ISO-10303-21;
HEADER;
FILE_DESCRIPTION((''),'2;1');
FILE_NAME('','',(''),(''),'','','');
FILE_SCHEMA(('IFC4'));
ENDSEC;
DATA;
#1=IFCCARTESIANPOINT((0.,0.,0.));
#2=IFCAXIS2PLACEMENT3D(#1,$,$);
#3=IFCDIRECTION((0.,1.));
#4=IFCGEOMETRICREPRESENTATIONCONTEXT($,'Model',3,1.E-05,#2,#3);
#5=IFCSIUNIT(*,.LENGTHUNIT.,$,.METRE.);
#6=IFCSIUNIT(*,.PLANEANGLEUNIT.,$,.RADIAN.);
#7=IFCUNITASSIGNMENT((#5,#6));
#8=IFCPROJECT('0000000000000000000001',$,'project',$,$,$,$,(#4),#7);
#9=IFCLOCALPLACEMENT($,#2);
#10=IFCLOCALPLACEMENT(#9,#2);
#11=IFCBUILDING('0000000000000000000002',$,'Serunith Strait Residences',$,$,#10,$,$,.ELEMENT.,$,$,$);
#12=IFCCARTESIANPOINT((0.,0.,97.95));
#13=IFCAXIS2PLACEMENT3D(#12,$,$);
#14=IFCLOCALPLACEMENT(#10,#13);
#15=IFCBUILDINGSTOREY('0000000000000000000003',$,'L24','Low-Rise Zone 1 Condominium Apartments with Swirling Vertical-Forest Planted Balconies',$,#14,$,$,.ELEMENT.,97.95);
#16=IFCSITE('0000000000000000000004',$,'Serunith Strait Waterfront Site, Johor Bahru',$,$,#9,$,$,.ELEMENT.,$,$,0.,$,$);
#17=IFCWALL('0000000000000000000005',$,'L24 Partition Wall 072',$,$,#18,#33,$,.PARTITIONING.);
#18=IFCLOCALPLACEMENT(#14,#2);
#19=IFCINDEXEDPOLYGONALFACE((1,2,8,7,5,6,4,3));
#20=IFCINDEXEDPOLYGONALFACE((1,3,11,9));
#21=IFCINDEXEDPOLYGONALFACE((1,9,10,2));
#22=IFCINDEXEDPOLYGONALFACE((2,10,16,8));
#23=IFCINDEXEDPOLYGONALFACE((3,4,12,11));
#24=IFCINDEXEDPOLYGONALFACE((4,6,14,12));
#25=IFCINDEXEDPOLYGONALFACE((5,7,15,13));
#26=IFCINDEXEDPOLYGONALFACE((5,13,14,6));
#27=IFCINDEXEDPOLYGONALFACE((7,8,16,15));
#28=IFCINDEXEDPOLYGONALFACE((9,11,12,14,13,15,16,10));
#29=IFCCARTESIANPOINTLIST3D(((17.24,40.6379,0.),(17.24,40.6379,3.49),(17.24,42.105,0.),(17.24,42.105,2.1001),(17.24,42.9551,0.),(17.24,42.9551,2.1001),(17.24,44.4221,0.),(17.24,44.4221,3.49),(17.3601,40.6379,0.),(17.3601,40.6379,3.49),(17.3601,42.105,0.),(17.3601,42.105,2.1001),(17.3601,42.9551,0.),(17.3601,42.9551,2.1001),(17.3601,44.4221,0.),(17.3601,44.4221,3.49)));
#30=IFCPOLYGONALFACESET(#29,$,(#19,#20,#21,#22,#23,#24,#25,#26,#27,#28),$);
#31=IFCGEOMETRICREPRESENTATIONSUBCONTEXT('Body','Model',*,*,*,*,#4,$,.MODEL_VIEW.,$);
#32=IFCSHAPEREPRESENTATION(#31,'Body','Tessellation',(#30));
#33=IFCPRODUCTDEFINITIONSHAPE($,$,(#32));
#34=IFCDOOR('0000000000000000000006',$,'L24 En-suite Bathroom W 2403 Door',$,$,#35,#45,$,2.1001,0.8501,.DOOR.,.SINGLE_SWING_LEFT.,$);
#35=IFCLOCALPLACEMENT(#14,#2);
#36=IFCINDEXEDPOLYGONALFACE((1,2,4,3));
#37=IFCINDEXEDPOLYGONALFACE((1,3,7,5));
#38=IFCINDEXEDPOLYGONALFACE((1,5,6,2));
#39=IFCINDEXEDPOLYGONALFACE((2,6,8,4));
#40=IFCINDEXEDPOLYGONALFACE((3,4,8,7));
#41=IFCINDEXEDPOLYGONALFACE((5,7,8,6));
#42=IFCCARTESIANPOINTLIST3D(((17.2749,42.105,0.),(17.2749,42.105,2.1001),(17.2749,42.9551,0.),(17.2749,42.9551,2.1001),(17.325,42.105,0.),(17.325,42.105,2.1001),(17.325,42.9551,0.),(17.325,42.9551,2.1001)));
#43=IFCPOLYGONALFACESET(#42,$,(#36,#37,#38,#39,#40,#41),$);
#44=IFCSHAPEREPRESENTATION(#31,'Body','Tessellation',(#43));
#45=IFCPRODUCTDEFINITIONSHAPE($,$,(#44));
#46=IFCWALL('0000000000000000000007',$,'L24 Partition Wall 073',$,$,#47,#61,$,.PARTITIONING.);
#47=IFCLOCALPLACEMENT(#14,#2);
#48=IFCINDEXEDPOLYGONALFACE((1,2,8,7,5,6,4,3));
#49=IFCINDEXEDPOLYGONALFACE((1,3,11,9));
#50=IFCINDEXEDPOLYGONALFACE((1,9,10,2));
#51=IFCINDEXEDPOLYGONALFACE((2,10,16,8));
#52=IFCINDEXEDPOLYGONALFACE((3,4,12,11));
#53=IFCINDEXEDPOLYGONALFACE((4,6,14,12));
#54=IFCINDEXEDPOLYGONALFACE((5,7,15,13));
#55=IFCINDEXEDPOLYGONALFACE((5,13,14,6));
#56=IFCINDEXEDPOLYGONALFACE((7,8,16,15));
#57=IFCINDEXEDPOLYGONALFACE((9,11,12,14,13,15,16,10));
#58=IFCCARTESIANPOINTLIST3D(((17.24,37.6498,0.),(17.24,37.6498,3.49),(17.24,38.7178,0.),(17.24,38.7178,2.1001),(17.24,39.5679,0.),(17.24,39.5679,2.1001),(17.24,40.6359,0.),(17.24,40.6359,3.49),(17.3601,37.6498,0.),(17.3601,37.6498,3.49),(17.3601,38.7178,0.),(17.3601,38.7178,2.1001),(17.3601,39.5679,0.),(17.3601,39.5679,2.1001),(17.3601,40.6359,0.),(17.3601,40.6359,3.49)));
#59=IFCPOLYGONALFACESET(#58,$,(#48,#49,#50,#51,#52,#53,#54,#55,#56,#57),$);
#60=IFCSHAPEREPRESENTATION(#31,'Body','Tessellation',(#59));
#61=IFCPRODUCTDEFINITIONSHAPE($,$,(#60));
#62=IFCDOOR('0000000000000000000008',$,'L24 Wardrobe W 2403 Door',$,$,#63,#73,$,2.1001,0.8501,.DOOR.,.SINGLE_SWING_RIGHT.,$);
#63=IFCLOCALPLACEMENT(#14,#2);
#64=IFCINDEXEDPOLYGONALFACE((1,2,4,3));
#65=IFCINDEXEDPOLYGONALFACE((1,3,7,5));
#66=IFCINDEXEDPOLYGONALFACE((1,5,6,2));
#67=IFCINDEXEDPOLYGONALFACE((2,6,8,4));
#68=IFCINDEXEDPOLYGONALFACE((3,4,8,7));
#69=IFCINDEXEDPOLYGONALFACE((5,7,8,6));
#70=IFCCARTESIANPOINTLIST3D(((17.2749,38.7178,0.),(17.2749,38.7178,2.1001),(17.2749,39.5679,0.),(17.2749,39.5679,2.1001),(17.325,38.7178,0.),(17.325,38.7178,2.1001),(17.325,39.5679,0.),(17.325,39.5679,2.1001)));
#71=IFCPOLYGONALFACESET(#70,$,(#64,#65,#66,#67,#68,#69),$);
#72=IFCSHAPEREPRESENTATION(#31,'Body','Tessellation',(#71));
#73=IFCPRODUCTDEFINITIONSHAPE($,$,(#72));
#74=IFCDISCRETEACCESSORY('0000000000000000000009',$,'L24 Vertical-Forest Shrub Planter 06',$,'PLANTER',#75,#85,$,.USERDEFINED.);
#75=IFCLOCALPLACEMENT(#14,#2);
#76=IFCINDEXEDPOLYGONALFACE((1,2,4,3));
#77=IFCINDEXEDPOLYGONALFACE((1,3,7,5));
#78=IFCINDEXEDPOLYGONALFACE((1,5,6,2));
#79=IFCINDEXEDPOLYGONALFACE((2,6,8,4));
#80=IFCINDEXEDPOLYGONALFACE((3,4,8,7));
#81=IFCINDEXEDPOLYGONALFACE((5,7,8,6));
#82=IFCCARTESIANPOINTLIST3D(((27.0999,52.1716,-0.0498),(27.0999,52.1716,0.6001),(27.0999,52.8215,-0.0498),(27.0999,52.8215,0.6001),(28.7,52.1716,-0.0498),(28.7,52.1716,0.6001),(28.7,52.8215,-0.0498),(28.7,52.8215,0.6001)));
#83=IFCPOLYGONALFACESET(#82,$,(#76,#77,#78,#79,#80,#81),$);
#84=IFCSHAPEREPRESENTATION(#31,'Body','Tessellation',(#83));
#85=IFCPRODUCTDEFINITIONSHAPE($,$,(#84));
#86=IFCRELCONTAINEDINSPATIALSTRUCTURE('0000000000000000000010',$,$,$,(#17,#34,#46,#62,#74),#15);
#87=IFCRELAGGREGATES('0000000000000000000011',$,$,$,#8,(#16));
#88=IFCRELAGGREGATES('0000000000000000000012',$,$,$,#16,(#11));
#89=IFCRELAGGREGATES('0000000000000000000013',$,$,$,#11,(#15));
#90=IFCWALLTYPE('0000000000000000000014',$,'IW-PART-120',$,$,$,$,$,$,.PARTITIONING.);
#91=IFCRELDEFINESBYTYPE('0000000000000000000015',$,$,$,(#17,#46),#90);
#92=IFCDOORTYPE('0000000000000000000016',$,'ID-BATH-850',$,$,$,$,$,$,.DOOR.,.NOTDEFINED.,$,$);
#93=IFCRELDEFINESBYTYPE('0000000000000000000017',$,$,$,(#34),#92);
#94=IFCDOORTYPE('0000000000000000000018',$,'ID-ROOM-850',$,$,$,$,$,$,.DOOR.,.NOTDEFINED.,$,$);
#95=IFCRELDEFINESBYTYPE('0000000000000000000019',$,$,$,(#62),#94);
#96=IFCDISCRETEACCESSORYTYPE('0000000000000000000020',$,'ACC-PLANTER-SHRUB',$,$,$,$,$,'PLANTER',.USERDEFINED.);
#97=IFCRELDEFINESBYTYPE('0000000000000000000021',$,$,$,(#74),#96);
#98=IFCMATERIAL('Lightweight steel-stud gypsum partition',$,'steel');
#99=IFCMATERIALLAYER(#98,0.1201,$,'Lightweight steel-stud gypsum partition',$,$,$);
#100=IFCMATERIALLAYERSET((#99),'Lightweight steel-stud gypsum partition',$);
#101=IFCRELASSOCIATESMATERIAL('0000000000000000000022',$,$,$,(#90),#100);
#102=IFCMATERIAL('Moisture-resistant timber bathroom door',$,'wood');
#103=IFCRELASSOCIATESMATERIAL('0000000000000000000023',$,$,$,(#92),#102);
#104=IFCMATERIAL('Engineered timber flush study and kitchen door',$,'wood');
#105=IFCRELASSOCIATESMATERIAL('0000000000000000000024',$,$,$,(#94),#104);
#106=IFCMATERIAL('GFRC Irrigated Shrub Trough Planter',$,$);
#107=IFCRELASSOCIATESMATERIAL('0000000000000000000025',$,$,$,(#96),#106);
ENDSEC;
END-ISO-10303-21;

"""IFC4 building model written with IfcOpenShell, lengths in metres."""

from ifc_helpers import new_model, si_unit, direction, frame, frame_2d, origin, origin_2d, place, context, subcontext, project, spatial, rectangle, extrude, source, transform, mapped, material, layer, layer_set, type_object, element, fill, save


model = new_model("IFC4")

# Units and contexts
model_context = context("Model", 3, precision=1e-05, world=origin(), true_north=direction((0.0, 1.0)))
body_context = subcontext(model_context, "Body", "Model", "MODEL_VIEW")
ifc_project = project(units=[si_unit("LENGTHUNIT", "METRE"), si_unit("PLANEANGLEUNIT", "RADIAN")], contexts=[model_context])

# Site, building, storey
site_placement = place(None, origin())
site = spatial("IfcSite", under=ifc_project, at=site_placement, Name="Serunith Strait Waterfront Site, Johor Bahru", CompositionType="ELEMENT", RefElevation=0.0)
building_placement = place(site_placement, origin())
building = spatial("IfcBuilding", under=site, at=building_placement, Name="Serunith Strait Residences", CompositionType="ELEMENT")
storey_placement = place(building_placement, frame((0.0, 0.0, 97.95)))
storey = spatial("IfcBuildingStorey", under=building, at=storey_placement, Name="L24", Description="Low-Rise Zone 1 Condominium Apartments with Swirling Vertical-Forest Planted Balconies", CompositionType="ELEMENT", Elevation=97.95)

# Shared definitions
ifc_material_1 = material(Name="Lightweight steel-stud gypsum partition", Category="steel")
ifc_layer_1 = layer(ifc_material_1, 0.1201, Name="Lightweight steel-stud gypsum partition")
ifc_layer_set_1 = layer_set([ifc_layer_1], Name="Lightweight steel-stud gypsum partition")
wall_type = type_object("IfcWallType", Name="IW-PART-120", PredefinedType="PARTITIONING", material=ifc_layer_set_1)

# Walls, openings, doors
ifc_material_2 = material(Name="Moisture-resistant timber bathroom door", Category="wood")
door_type_1 = type_object("IfcDoorType", Name="ID-BATH-850", OperationType="NOTDEFINED", PredefinedType="DOOR", material=ifc_material_2)
shared_shape_1 = source(origin(), body_context, "Body", "SweptSolid", [
    extrude(rectangle(XDim=0.8501, YDim=2.1001, at=frame_2d((0.425, 1.05))), frame((0.0, 0.0249, 0.0), z_axis=(0.0, -1.0, 0.0), x_axis=(1.0, 0.0, 0.0)), (0.0, 0.0, 1.0), 0.05),
])
ifc_material_3 = material(Name="Engineered timber flush study and kitchen door", Category="wood")
door_type_2 = type_object("IfcDoorType", Name="ID-ROOM-850", OperationType="NOTDEFINED", PredefinedType="DOOR", material=ifc_material_3)
wall_1_placement = place(storey_placement, frame((17.3, 44.4221, 0.0), z_axis=(0.0, 0.0, 1.0), x_axis=(0.0, -1.0, 0.0)))
wall_1 = element("IfcWall", 1, at=wall_1_placement, inside=storey, type_object=wall_type, Name="L24 Partition Wall 072", PredefinedType="PARTITIONING", context=body_context, shape_type="SweptSolid", body=[
    extrude(rectangle(XDim=3.7842, YDim=0.1201, at=frame_2d((1.8921, 0.0))), origin(), (0.0, 0.0, 1.0), 3.49),
])
opening_1_placement = place(wall_1_placement, frame((1.467, 0.0, 0.0)))
opening_1 = element("IfcOpeningElement", 2, at=opening_1_placement, cuts=wall_1, PredefinedType="OPENING", context=body_context, shape_type="SweptSolid", body=[
    extrude(rectangle(XDim=0.8501, YDim=2.1001, at=frame_2d((0.425, 1.05))), frame((0.0, 0.0701, 0.0), z_axis=(0.0, -1.0, 0.0), x_axis=(1.0, 0.0, 0.0)), (0.0, 0.0, 1.0), 0.1401),
])
door_1_placement = place(opening_1_placement, origin())
door_1 = element("IfcDoor", 3, at=door_1_placement, inside=storey, type_object=door_type_1, Name="L24 En-suite Bathroom W 2403 Door", OperationType="SINGLE_SWING_LEFT", OverallHeight=2.1001, OverallWidth=0.8501, PredefinedType="DOOR", context=body_context, shape_type="MappedRepresentation", body=[
    mapped(shared_shape_1, transform((0.0, 0.0, 0.0), scale=1.0)),
])
fill(opening_1, door_1)
wall_2_placement = place(storey_placement, frame((17.3, 40.636, 0.0), z_axis=(0.0, 0.0, 1.0), x_axis=(0.0, -1.0, 0.0)))
wall_2 = element("IfcWall", 4, at=wall_2_placement, inside=storey, type_object=wall_type, Name="L24 Partition Wall 073", PredefinedType="PARTITIONING", context=body_context, shape_type="SweptSolid", body=[
    extrude(rectangle(XDim=2.9861, YDim=0.1201, at=frame_2d((1.4932, 0.0))), origin(), (0.0, 0.0, 1.0), 3.49),
])
opening_2_placement = place(wall_2_placement, frame((1.0681, 0.0, 0.0)))
opening_2 = element("IfcOpeningElement", 5, at=opening_2_placement, cuts=wall_2, PredefinedType="OPENING", context=body_context, shape_type="SweptSolid", body=[
    extrude(rectangle(XDim=0.8501, YDim=2.1001, at=frame_2d((0.425, 1.05))), frame((0.0, 0.0701, 0.0), z_axis=(0.0, -1.0, 0.0), x_axis=(1.0, 0.0, 0.0)), (0.0, 0.0, 1.0), 0.1401),
])
door_2_placement = place(opening_2_placement, origin())
door_2 = element("IfcDoor", 6, at=door_2_placement, inside=storey, type_object=door_type_2, Name="L24 Wardrobe W 2403 Door", OperationType="SINGLE_SWING_RIGHT", OverallHeight=2.1001, OverallWidth=0.8501, PredefinedType="DOOR", context=body_context, shape_type="MappedRepresentation", body=[
    mapped(shared_shape_1, transform((0.0, 0.0, 0.0), scale=1.0)),
])
fill(opening_2, door_2)

# Discrete accessory
ifc_material_4 = material(Name="GFRC Irrigated Shrub Trough Planter")
discrete_accessory_type = type_object("IfcDiscreteAccessoryType", Name="ACC-PLANTER-SHRUB", ElementType="PLANTER", PredefinedType="USERDEFINED", material=ifc_material_4)
shared_shape_2 = source(origin(), body_context, "Body", "SweptSolid", [
    extrude(rectangle(XDim=1.6001, YDim=0.6499, at=origin_2d()), origin(), (0.0, 0.0, 1.0), 0.6499),
])
discrete_accessory_placement = place(storey_placement, frame((27.8999, 52.4966, -0.0498), z_axis=(0.0, 0.0, 1.0), x_axis=(-1.0, 0.0, 0.0)))
element("IfcDiscreteAccessory", 7, at=discrete_accessory_placement, inside=storey, type_object=discrete_accessory_type, Name="L24 Vertical-Forest Shrub Planter 06", ObjectType="PLANTER", PredefinedType="USERDEFINED", context=body_context, shape_type="MappedRepresentation", body=[
    mapped(shared_shape_2, transform((0.0, 0.0, 0.0), scale=1.0)),
])

save(model, "model.ifc")
